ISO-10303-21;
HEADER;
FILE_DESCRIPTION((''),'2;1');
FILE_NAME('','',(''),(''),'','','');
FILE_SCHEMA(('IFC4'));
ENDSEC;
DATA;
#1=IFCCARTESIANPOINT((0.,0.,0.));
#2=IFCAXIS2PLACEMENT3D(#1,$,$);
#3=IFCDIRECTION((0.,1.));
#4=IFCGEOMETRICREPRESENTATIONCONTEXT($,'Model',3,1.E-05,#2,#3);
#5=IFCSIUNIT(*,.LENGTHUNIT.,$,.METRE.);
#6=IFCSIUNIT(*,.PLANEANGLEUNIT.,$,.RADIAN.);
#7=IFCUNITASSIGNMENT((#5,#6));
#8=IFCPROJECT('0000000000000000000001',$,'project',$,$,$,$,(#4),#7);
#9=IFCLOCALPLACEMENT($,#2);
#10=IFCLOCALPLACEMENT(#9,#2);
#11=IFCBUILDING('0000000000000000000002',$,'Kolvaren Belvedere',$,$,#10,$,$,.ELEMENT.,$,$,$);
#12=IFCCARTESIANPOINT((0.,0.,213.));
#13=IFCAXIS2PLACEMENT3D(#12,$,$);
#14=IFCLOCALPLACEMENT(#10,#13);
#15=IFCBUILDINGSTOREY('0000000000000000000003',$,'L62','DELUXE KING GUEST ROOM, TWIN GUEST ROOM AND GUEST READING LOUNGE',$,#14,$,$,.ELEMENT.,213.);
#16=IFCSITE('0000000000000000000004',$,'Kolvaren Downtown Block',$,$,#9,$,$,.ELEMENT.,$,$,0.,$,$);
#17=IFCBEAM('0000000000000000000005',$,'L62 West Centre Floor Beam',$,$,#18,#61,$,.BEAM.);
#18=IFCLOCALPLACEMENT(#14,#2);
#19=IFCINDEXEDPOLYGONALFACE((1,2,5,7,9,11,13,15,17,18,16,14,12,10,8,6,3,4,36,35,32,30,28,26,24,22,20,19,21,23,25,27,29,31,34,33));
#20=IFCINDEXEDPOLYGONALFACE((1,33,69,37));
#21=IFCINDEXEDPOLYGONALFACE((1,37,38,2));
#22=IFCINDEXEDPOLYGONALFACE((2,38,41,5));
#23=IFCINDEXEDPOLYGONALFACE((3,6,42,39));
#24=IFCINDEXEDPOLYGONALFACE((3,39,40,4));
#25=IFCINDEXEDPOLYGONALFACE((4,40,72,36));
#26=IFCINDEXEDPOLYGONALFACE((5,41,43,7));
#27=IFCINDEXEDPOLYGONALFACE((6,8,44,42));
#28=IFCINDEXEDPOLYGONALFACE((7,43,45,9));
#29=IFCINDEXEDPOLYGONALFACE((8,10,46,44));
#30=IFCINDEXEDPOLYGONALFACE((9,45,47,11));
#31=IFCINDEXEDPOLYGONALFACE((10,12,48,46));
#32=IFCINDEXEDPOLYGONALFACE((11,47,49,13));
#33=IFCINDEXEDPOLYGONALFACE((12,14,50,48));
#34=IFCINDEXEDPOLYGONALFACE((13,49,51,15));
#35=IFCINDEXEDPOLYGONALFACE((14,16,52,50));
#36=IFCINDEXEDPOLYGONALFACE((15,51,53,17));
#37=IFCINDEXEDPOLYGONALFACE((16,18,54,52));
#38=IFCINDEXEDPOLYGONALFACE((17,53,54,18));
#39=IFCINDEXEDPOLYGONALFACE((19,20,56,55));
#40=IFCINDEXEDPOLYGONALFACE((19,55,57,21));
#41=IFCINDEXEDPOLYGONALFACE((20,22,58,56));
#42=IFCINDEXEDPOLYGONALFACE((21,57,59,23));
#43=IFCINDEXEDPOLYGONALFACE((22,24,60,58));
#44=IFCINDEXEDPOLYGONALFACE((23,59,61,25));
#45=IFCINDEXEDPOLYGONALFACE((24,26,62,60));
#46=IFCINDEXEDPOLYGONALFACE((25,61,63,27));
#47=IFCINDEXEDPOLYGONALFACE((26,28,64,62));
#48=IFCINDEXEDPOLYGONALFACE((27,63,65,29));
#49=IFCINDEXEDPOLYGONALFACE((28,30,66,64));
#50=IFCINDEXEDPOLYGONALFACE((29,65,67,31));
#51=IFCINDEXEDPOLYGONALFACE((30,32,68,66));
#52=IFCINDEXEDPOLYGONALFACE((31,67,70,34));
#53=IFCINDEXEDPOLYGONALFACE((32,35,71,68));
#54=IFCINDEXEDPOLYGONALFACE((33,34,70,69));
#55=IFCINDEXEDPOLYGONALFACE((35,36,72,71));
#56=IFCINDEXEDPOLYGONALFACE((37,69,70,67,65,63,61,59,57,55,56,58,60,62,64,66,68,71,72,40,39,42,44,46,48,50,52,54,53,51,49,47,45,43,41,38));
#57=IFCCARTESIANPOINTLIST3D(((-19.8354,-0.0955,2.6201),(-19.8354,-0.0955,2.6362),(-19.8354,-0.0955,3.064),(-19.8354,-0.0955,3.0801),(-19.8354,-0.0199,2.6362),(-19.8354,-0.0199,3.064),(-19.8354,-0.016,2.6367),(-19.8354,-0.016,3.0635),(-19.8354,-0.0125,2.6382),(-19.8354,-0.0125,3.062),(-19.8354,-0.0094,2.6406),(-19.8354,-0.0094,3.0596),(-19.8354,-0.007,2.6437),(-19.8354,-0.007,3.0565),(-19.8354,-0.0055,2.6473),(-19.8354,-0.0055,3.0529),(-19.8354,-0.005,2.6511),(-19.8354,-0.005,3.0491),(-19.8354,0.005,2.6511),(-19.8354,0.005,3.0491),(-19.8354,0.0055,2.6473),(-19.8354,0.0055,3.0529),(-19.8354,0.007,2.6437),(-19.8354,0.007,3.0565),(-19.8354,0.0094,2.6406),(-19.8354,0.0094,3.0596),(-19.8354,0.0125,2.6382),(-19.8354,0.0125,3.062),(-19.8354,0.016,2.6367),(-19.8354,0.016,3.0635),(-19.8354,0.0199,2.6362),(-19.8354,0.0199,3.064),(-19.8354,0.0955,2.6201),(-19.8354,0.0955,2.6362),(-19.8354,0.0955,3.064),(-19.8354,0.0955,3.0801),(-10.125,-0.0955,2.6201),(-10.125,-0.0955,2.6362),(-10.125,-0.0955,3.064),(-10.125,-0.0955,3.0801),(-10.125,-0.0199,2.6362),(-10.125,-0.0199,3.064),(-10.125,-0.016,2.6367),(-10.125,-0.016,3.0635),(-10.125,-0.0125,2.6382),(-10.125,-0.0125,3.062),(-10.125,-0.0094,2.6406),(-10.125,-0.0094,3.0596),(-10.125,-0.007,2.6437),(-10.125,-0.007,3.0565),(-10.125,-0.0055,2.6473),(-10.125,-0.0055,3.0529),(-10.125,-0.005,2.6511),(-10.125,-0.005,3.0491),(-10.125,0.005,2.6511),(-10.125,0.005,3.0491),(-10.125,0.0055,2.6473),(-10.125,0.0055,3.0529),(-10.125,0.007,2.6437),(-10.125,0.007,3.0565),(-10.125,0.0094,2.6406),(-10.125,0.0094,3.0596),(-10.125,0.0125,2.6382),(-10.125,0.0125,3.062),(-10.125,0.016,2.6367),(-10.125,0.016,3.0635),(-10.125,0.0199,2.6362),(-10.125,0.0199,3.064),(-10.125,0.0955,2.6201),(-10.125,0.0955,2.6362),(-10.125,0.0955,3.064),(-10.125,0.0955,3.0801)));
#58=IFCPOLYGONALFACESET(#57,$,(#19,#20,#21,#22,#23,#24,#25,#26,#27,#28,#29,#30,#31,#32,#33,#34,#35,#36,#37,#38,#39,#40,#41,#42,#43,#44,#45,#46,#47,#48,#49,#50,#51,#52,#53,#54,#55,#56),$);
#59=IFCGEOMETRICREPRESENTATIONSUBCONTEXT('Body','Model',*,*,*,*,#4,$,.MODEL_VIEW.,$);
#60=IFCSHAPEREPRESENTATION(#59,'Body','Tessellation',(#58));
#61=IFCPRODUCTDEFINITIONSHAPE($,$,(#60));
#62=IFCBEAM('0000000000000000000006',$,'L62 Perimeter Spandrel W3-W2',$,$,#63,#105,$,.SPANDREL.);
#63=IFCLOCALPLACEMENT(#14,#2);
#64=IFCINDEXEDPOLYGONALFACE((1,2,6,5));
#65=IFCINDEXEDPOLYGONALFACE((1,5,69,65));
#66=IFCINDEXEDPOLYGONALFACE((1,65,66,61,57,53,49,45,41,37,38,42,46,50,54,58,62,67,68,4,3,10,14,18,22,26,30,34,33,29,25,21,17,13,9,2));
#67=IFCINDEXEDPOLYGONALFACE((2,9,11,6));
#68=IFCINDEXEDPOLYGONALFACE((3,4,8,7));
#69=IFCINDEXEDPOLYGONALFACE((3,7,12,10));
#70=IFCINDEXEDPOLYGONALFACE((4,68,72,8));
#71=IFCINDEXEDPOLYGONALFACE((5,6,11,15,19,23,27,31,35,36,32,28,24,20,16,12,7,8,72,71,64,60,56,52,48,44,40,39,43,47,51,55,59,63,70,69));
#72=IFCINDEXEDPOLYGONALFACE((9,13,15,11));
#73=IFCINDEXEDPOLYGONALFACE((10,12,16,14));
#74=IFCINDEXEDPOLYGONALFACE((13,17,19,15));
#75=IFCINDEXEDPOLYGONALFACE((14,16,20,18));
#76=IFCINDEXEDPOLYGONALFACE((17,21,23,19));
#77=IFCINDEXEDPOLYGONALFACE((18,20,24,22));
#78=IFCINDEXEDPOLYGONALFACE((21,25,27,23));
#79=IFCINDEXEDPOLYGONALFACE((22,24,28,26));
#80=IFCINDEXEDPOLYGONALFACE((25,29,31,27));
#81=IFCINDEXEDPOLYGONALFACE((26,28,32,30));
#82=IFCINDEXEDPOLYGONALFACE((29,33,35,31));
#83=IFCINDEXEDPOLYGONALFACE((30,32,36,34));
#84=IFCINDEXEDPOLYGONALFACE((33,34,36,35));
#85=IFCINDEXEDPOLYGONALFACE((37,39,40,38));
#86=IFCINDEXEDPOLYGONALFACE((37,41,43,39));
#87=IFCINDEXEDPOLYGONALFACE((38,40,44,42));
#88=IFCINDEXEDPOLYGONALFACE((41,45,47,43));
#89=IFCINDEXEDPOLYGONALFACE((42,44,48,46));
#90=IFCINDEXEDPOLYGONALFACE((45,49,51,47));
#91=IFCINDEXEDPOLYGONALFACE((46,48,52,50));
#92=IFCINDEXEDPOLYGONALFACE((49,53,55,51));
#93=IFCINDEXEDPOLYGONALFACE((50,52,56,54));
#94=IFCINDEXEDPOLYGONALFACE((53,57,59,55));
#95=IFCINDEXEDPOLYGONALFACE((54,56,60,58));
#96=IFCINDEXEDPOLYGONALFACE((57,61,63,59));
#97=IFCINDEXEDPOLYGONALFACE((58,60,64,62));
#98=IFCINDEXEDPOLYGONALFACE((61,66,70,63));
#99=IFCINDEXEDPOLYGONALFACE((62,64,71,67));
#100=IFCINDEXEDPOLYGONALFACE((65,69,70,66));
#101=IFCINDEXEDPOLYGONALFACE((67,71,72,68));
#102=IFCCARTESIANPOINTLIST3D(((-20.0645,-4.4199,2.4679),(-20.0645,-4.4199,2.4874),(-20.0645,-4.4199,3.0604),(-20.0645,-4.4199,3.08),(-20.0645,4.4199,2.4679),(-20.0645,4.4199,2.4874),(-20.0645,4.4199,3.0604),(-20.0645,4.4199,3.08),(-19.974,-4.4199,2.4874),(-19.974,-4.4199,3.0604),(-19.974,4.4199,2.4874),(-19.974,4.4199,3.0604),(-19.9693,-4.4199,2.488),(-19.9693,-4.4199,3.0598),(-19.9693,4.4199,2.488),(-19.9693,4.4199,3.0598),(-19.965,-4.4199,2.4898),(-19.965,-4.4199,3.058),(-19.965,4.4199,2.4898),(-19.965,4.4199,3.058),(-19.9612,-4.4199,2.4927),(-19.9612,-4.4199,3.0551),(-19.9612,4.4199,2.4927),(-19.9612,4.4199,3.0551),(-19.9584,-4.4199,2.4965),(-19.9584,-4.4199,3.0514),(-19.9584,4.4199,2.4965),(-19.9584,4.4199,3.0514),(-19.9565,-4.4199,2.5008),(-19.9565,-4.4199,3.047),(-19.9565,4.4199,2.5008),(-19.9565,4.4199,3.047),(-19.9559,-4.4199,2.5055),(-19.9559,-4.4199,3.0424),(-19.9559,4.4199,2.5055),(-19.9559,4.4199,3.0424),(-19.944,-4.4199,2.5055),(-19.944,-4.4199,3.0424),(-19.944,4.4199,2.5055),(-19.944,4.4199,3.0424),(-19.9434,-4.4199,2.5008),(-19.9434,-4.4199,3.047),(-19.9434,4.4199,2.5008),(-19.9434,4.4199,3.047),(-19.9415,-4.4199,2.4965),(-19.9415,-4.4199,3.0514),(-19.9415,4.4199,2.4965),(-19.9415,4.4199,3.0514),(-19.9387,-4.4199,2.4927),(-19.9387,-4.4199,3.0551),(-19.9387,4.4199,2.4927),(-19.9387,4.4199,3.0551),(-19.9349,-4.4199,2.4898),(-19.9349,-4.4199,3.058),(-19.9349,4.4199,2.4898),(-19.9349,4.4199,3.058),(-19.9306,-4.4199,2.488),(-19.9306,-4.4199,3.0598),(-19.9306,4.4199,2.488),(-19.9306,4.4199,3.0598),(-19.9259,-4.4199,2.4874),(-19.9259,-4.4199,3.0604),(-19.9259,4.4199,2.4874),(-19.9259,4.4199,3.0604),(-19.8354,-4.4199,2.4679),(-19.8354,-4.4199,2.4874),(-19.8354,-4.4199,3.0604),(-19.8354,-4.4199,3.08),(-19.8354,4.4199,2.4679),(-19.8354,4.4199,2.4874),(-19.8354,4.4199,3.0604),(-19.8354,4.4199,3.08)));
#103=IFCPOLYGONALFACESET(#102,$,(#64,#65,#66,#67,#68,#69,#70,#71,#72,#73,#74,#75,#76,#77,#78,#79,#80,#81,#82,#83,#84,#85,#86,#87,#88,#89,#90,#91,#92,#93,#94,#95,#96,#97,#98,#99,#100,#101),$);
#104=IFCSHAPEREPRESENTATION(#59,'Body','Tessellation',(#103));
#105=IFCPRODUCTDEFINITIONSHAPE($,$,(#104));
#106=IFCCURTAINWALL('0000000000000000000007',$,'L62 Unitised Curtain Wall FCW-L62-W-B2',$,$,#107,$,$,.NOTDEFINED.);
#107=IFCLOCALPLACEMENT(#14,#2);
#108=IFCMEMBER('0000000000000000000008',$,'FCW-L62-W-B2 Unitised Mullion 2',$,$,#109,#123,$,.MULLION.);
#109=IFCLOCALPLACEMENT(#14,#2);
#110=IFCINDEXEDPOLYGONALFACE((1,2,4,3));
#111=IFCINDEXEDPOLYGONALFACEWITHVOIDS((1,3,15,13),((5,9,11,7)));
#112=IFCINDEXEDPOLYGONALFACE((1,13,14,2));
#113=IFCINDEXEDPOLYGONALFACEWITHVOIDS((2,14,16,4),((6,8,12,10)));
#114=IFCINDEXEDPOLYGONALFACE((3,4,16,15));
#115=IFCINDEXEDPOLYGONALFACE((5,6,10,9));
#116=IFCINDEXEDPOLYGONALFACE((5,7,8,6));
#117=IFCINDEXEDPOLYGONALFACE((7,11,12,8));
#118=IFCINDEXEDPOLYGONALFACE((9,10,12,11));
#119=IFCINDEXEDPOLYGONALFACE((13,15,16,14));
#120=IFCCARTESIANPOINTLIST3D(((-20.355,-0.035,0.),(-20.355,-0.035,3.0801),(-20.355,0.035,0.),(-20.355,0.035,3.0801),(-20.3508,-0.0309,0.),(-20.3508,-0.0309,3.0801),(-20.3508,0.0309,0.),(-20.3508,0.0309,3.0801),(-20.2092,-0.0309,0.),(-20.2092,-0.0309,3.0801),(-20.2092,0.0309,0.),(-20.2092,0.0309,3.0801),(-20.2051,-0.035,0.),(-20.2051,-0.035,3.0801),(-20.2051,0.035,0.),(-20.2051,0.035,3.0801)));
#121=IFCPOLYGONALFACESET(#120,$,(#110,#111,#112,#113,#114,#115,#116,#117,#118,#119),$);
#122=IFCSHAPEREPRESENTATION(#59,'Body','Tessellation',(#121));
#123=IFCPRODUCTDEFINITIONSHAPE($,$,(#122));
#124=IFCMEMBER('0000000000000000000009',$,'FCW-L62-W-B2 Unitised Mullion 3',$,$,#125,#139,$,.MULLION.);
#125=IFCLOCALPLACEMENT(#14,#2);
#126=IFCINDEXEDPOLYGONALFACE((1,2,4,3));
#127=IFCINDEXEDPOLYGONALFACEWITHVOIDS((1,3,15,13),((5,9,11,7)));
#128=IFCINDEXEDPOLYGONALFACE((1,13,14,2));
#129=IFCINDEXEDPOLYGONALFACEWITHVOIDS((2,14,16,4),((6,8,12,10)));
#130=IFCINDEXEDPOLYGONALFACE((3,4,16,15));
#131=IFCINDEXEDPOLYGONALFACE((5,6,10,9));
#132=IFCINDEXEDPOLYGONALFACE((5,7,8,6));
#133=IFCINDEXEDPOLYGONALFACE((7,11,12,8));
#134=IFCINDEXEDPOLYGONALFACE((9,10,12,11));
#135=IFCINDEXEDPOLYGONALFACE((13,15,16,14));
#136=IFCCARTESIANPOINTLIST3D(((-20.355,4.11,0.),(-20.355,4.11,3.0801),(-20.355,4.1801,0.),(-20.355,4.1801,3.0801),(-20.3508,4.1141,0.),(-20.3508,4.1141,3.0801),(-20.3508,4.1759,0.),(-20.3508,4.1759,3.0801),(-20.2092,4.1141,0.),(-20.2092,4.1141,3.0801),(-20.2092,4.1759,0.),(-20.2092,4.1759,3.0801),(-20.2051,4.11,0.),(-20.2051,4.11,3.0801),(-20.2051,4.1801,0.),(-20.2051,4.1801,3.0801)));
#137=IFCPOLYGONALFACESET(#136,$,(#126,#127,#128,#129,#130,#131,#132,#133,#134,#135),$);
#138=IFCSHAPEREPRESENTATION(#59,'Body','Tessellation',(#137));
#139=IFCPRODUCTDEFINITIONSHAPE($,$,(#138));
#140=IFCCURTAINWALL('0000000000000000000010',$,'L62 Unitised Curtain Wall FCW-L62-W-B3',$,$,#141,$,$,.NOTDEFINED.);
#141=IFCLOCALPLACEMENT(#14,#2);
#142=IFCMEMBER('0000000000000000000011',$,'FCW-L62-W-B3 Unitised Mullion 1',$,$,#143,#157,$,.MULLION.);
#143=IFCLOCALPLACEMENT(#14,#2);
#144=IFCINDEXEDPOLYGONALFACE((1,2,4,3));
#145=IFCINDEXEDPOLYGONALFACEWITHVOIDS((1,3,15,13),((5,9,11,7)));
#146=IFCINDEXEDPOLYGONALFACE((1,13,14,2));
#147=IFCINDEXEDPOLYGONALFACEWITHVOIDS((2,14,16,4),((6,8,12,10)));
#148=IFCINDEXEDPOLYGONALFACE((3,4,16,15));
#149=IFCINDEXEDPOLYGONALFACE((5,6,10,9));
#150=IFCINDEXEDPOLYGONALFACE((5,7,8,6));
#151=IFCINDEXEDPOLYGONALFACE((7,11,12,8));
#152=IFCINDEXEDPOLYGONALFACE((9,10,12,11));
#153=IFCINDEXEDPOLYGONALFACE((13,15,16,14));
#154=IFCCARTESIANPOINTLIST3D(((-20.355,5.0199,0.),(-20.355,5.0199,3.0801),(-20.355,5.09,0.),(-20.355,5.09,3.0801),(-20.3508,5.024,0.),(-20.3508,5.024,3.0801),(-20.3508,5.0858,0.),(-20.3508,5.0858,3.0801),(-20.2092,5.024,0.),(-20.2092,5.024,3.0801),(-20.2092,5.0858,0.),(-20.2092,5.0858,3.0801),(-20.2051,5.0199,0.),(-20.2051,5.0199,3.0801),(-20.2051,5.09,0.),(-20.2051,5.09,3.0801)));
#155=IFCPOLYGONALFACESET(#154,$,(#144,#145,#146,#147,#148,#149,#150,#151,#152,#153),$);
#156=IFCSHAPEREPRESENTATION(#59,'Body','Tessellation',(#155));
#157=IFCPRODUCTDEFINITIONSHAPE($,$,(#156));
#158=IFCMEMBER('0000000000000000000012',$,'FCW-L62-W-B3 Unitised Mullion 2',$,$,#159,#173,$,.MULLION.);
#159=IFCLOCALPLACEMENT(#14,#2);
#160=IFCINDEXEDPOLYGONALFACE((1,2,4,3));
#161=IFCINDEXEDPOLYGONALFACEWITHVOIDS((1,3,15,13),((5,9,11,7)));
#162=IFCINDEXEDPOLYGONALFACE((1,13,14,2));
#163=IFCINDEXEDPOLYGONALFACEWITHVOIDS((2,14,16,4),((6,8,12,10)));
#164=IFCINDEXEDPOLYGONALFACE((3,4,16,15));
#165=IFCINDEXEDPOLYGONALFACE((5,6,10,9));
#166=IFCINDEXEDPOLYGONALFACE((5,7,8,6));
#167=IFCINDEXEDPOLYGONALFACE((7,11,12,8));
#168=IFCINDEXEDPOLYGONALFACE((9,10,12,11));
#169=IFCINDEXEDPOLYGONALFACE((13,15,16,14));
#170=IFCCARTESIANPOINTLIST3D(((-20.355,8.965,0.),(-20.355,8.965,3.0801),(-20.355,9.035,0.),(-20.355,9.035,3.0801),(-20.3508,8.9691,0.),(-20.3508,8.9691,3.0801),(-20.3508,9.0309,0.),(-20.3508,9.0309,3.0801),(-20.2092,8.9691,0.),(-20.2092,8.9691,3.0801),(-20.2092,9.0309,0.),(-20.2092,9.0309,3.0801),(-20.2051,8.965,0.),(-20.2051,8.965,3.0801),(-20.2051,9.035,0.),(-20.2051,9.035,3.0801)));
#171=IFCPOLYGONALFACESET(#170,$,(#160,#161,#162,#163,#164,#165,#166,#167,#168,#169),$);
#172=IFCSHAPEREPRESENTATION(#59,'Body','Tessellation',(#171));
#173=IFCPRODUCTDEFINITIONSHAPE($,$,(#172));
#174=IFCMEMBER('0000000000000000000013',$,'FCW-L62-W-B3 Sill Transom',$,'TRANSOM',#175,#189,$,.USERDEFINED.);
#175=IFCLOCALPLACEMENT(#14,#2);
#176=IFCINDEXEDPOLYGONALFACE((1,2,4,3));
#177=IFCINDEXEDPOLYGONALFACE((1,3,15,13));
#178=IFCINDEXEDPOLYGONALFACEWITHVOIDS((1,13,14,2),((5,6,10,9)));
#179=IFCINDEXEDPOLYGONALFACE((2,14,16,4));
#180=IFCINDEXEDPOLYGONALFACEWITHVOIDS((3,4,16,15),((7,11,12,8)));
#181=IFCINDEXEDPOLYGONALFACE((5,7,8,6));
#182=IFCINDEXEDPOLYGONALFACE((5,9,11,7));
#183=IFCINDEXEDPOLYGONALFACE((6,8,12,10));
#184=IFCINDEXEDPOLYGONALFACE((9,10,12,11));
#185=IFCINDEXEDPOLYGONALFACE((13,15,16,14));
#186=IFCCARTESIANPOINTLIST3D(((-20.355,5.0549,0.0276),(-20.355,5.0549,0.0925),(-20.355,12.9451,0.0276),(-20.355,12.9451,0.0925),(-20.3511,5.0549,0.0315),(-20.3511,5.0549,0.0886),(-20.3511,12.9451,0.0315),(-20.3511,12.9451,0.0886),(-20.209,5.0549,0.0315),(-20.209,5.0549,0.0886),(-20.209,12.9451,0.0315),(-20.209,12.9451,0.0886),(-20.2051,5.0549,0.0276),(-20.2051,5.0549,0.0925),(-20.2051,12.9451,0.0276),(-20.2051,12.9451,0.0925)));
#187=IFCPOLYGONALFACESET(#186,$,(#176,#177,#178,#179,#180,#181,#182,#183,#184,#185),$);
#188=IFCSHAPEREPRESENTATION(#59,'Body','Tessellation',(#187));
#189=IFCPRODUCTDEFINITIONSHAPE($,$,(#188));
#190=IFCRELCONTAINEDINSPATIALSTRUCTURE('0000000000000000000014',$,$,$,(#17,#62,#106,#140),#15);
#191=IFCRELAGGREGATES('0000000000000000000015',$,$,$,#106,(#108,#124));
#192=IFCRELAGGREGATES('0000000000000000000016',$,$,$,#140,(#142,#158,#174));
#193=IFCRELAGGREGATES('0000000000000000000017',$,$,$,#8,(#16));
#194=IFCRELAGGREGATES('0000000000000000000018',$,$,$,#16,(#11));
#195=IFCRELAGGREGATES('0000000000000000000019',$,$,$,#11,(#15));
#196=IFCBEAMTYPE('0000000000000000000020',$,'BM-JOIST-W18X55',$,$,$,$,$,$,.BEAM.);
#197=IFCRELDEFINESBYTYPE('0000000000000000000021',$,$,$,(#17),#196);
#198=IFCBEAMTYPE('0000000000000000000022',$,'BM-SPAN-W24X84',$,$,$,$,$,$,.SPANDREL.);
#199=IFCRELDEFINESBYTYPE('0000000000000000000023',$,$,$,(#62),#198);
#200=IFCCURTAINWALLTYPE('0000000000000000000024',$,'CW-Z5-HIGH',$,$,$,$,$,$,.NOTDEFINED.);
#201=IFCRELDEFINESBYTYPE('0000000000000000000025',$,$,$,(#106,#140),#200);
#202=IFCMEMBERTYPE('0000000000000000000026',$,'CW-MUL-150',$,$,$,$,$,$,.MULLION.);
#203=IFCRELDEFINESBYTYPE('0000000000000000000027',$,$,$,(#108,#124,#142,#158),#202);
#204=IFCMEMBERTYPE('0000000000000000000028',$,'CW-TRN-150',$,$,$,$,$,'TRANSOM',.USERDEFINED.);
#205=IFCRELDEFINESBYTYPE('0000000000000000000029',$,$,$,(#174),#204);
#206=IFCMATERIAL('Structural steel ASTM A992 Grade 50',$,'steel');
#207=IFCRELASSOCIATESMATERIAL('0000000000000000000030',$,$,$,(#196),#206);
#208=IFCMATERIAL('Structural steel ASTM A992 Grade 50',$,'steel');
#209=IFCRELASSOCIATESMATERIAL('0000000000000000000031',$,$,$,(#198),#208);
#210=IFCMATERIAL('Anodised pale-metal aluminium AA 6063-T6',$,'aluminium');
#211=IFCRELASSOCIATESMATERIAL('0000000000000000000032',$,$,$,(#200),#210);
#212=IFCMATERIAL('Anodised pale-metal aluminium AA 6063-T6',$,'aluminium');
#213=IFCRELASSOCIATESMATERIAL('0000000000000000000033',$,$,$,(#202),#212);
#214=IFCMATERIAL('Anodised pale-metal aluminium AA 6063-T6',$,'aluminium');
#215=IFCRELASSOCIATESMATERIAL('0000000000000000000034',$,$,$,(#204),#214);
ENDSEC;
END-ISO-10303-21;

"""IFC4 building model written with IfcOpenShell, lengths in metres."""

from ifc_helpers import new_model, si_unit, direction, frame, origin, origin_2d, place, context, subcontext, project, spatial, hollow_rectangle, i_section, extrude, material, material_profile, profile_set, type_object, element, aggregate, save


model = new_model("IFC4")

# Units and contexts
model_context = context("Model", 3, precision=1e-05, world=origin(), true_north=direction((0.0, 1.0)))
body_context = subcontext(model_context, "Body", "Model", "MODEL_VIEW")
ifc_project = project(units=[si_unit("LENGTHUNIT", "METRE"), si_unit("PLANEANGLEUNIT", "RADIAN")], contexts=[model_context])

# Site, building, storey
site_placement = place(None, origin())
site = spatial("IfcSite", under=ifc_project, at=site_placement, Name="Kolvaren Downtown Block", CompositionType="ELEMENT", RefElevation=0.0)
building_placement = place(site_placement, origin())
building = spatial("IfcBuilding", under=site, at=building_placement, Name="Kolvaren Belvedere", CompositionType="ELEMENT")
storey_placement = place(building_placement, frame((0.0, 0.0, 213.0)))
storey = spatial("IfcBuildingStorey", under=building, at=storey_placement, Name="L62", Description="DELUXE KING GUEST ROOM, TWIN GUEST ROOM AND GUEST READING LOUNGE", CompositionType="ELEMENT", Elevation=213.0)

# Beams
ifc_material_1 = material(Name="Structural steel ASTM A992 Grade 50", Category="steel")
ifc_material_profile_1 = material_profile(ifc_material_1, i_section(OverallWidth=0.1909, OverallDepth=0.46, WebThickness=0.01, FlangeThickness=0.0161, FilletRadius=0.0149, at=origin_2d()), Name="W18X55")
ifc_profile_set_1 = profile_set([ifc_material_profile_1], Name="Structural steel ASTM A992 Grade 50")
beam_type_1 = type_object("IfcBeamType", Name="BM-JOIST-W18X55", PredefinedType="BEAM", material=ifc_profile_set_1)
beam_1_placement = place(storey_placement, frame((-10.125, 0.0, 2.8501), z_axis=(-1.0, 0.0, 0.0), x_axis=(0.0, -1.0, 0.0)))
element("IfcBeam", 1, at=beam_1_placement, inside=storey, type_object=beam_type_1, Name="L62 West Centre Floor Beam", PredefinedType="BEAM", context=body_context, shape_type="SweptSolid", body=[
    extrude(i_section(OverallWidth=0.1909, OverallDepth=0.46, WebThickness=0.01, FlangeThickness=0.0161, FilletRadius=0.0149, at=origin_2d()), origin(), (0.0, 0.0, 1.0), 9.7104),
])
ifc_material_2 = material(Name="Structural steel ASTM A992 Grade 50", Category="steel")
ifc_material_profile_2 = material_profile(ifc_material_2, i_section(OverallWidth=0.229, OverallDepth=0.6121, WebThickness=0.012, FlangeThickness=0.0195, FilletRadius=0.0181, at=origin_2d()), Name="W24X84")
ifc_profile_set_2 = profile_set([ifc_material_profile_2], Name="Structural steel ASTM A992 Grade 50")
beam_type_2 = type_object("IfcBeamType", Name="BM-SPAN-W24X84", PredefinedType="SPANDREL", material=ifc_profile_set_2)
beam_2_placement = place(storey_placement, frame((-19.95, 4.4199, 2.7739), z_axis=(0.0, -1.0, 0.0), x_axis=(1.0, 0.0, 0.0)))
element("IfcBeam", 2, at=beam_2_placement, inside=storey, type_object=beam_type_2, Name="L62 Perimeter Spandrel W3-W2", PredefinedType="SPANDREL", context=body_context, shape_type="SweptSolid", body=[
    extrude(i_section(OverallWidth=0.229, OverallDepth=0.6121, WebThickness=0.012, FlangeThickness=0.0195, FilletRadius=0.0181, at=origin_2d()), origin(), (0.0, 0.0, 1.0), 8.8398),
])

# Curtain walls, members
ifc_material_3 = material(Name="Anodised pale-metal aluminium AA 6063-T6", Category="aluminium")
curtain_wall_type = type_object("IfcCurtainWallType", Name="CW-Z5-HIGH", PredefinedType="NOTDEFINED", material=ifc_material_3)
curtain_wall_1_placement = place(storey_placement, origin())
curtain_wall_1 = element("IfcCurtainWall", 3, at=curtain_wall_1_placement, inside=storey, type_object=curtain_wall_type, Name="L62 Unitised Curtain Wall FCW-L62-W-B2", PredefinedType="NOTDEFINED")
ifc_material_4 = material(Name="Anodised pale-metal aluminium AA 6063-T6", Category="aluminium")
ifc_material_profile_3 = material_profile(ifc_material_4, hollow_rectangle(XDim=0.0701, YDim=0.1499, WallThickness=0.0042, at=origin_2d()), Name="ALU-MUL-150X70")
ifc_profile_set_3 = profile_set([ifc_material_profile_3], Name="Anodised pale-metal aluminium AA 6063-T6")
member_type_1 = type_object("IfcMemberType", Name="CW-MUL-150", PredefinedType="MULLION", material=ifc_profile_set_3)
member_1_placement = place(storey_placement, frame((-20.28, 0.0, 0.0), z_axis=(0.0, 0.0, 1.0), x_axis=(0.0, 1.0, 0.0)))
member_1 = element("IfcMember", 4, at=member_1_placement, type_object=member_type_1, Name="FCW-L62-W-B2 Unitised Mullion 2", PredefinedType="MULLION", context=body_context, shape_type="SweptSolid", body=[
    extrude(hollow_rectangle(XDim=0.0701, YDim=0.1499, WallThickness=0.0042, at=origin_2d()), origin(), (0.0, 0.0, 1.0), 3.0801),
])
member_2_placement = place(storey_placement, frame((-20.28, 4.145, 0.0), z_axis=(0.0, 0.0, 1.0), x_axis=(0.0, 1.0, 0.0)))
member_2 = element("IfcMember", 5, at=member_2_placement, type_object=member_type_1, Name="FCW-L62-W-B2 Unitised Mullion 3", PredefinedType="MULLION", context=body_context, shape_type="SweptSolid", body=[
    extrude(hollow_rectangle(XDim=0.0701, YDim=0.1499, WallThickness=0.0042, at=origin_2d()), origin(), (0.0, 0.0, 1.0), 3.0801),
])
curtain_wall_2_placement = place(storey_placement, origin())
curtain_wall_2 = element("IfcCurtainWall", 6, at=curtain_wall_2_placement, inside=storey, type_object=curtain_wall_type, Name="L62 Unitised Curtain Wall FCW-L62-W-B3", PredefinedType="NOTDEFINED")
member_3_placement = place(storey_placement, frame((-20.28, 5.0549, 0.0), z_axis=(0.0, 0.0, 1.0), x_axis=(0.0, 1.0, 0.0)))
member_3 = element("IfcMember", 7, at=member_3_placement, type_object=member_type_1, Name="FCW-L62-W-B3 Unitised Mullion 1", PredefinedType="MULLION", context=body_context, shape_type="SweptSolid", body=[
    extrude(hollow_rectangle(XDim=0.0701, YDim=0.1499, WallThickness=0.0042, at=origin_2d()), origin(), (0.0, 0.0, 1.0), 3.0801),
])
member_4_placement = place(storey_placement, frame((-20.28, 9.0, 0.0), z_axis=(0.0, 0.0, 1.0), x_axis=(0.0, 1.0, 0.0)))
member_4 = element("IfcMember", 8, at=member_4_placement, type_object=member_type_1, Name="FCW-L62-W-B3 Unitised Mullion 2", PredefinedType="MULLION", context=body_context, shape_type="SweptSolid", body=[
    extrude(hollow_rectangle(XDim=0.0701, YDim=0.1499, WallThickness=0.0042, at=origin_2d()), origin(), (0.0, 0.0, 1.0), 3.0801),
])
ifc_material_5 = material(Name="Anodised pale-metal aluminium AA 6063-T6", Category="aluminium")
ifc_material_profile_4 = material_profile(ifc_material_5, hollow_rectangle(XDim=0.0649, YDim=0.1499, WallThickness=0.0039, at=origin_2d()), Name="ALU-TRN-150X65")
ifc_profile_set_4 = profile_set([ifc_material_profile_4], Name="Anodised pale-metal aluminium AA 6063-T6")
member_type_2 = type_object("IfcMemberType", Name="CW-TRN-150", ElementType="TRANSOM", PredefinedType="USERDEFINED", material=ifc_profile_set_4)
member_5_placement = place(storey_placement, frame((-20.28, 5.0549, 0.0601), z_axis=(0.0, 1.0, 0.0), x_axis=(0.0, 0.0, 1.0)))
member_5 = element("IfcMember", 9, at=member_5_placement, type_object=member_type_2, Name="FCW-L62-W-B3 Sill Transom", ObjectType="TRANSOM", PredefinedType="USERDEFINED", context=body_context, shape_type="SweptSolid", body=[
    extrude(hollow_rectangle(XDim=0.0649, YDim=0.1499, WallThickness=0.0039, at=origin_2d()), origin(), (0.0, 0.0, 1.0), 7.8901),
])

aggregate(curtain_wall_1, [member_1, member_2])
aggregate(curtain_wall_2, [member_3, member_4, member_5])

save(model, "model.ifc")
